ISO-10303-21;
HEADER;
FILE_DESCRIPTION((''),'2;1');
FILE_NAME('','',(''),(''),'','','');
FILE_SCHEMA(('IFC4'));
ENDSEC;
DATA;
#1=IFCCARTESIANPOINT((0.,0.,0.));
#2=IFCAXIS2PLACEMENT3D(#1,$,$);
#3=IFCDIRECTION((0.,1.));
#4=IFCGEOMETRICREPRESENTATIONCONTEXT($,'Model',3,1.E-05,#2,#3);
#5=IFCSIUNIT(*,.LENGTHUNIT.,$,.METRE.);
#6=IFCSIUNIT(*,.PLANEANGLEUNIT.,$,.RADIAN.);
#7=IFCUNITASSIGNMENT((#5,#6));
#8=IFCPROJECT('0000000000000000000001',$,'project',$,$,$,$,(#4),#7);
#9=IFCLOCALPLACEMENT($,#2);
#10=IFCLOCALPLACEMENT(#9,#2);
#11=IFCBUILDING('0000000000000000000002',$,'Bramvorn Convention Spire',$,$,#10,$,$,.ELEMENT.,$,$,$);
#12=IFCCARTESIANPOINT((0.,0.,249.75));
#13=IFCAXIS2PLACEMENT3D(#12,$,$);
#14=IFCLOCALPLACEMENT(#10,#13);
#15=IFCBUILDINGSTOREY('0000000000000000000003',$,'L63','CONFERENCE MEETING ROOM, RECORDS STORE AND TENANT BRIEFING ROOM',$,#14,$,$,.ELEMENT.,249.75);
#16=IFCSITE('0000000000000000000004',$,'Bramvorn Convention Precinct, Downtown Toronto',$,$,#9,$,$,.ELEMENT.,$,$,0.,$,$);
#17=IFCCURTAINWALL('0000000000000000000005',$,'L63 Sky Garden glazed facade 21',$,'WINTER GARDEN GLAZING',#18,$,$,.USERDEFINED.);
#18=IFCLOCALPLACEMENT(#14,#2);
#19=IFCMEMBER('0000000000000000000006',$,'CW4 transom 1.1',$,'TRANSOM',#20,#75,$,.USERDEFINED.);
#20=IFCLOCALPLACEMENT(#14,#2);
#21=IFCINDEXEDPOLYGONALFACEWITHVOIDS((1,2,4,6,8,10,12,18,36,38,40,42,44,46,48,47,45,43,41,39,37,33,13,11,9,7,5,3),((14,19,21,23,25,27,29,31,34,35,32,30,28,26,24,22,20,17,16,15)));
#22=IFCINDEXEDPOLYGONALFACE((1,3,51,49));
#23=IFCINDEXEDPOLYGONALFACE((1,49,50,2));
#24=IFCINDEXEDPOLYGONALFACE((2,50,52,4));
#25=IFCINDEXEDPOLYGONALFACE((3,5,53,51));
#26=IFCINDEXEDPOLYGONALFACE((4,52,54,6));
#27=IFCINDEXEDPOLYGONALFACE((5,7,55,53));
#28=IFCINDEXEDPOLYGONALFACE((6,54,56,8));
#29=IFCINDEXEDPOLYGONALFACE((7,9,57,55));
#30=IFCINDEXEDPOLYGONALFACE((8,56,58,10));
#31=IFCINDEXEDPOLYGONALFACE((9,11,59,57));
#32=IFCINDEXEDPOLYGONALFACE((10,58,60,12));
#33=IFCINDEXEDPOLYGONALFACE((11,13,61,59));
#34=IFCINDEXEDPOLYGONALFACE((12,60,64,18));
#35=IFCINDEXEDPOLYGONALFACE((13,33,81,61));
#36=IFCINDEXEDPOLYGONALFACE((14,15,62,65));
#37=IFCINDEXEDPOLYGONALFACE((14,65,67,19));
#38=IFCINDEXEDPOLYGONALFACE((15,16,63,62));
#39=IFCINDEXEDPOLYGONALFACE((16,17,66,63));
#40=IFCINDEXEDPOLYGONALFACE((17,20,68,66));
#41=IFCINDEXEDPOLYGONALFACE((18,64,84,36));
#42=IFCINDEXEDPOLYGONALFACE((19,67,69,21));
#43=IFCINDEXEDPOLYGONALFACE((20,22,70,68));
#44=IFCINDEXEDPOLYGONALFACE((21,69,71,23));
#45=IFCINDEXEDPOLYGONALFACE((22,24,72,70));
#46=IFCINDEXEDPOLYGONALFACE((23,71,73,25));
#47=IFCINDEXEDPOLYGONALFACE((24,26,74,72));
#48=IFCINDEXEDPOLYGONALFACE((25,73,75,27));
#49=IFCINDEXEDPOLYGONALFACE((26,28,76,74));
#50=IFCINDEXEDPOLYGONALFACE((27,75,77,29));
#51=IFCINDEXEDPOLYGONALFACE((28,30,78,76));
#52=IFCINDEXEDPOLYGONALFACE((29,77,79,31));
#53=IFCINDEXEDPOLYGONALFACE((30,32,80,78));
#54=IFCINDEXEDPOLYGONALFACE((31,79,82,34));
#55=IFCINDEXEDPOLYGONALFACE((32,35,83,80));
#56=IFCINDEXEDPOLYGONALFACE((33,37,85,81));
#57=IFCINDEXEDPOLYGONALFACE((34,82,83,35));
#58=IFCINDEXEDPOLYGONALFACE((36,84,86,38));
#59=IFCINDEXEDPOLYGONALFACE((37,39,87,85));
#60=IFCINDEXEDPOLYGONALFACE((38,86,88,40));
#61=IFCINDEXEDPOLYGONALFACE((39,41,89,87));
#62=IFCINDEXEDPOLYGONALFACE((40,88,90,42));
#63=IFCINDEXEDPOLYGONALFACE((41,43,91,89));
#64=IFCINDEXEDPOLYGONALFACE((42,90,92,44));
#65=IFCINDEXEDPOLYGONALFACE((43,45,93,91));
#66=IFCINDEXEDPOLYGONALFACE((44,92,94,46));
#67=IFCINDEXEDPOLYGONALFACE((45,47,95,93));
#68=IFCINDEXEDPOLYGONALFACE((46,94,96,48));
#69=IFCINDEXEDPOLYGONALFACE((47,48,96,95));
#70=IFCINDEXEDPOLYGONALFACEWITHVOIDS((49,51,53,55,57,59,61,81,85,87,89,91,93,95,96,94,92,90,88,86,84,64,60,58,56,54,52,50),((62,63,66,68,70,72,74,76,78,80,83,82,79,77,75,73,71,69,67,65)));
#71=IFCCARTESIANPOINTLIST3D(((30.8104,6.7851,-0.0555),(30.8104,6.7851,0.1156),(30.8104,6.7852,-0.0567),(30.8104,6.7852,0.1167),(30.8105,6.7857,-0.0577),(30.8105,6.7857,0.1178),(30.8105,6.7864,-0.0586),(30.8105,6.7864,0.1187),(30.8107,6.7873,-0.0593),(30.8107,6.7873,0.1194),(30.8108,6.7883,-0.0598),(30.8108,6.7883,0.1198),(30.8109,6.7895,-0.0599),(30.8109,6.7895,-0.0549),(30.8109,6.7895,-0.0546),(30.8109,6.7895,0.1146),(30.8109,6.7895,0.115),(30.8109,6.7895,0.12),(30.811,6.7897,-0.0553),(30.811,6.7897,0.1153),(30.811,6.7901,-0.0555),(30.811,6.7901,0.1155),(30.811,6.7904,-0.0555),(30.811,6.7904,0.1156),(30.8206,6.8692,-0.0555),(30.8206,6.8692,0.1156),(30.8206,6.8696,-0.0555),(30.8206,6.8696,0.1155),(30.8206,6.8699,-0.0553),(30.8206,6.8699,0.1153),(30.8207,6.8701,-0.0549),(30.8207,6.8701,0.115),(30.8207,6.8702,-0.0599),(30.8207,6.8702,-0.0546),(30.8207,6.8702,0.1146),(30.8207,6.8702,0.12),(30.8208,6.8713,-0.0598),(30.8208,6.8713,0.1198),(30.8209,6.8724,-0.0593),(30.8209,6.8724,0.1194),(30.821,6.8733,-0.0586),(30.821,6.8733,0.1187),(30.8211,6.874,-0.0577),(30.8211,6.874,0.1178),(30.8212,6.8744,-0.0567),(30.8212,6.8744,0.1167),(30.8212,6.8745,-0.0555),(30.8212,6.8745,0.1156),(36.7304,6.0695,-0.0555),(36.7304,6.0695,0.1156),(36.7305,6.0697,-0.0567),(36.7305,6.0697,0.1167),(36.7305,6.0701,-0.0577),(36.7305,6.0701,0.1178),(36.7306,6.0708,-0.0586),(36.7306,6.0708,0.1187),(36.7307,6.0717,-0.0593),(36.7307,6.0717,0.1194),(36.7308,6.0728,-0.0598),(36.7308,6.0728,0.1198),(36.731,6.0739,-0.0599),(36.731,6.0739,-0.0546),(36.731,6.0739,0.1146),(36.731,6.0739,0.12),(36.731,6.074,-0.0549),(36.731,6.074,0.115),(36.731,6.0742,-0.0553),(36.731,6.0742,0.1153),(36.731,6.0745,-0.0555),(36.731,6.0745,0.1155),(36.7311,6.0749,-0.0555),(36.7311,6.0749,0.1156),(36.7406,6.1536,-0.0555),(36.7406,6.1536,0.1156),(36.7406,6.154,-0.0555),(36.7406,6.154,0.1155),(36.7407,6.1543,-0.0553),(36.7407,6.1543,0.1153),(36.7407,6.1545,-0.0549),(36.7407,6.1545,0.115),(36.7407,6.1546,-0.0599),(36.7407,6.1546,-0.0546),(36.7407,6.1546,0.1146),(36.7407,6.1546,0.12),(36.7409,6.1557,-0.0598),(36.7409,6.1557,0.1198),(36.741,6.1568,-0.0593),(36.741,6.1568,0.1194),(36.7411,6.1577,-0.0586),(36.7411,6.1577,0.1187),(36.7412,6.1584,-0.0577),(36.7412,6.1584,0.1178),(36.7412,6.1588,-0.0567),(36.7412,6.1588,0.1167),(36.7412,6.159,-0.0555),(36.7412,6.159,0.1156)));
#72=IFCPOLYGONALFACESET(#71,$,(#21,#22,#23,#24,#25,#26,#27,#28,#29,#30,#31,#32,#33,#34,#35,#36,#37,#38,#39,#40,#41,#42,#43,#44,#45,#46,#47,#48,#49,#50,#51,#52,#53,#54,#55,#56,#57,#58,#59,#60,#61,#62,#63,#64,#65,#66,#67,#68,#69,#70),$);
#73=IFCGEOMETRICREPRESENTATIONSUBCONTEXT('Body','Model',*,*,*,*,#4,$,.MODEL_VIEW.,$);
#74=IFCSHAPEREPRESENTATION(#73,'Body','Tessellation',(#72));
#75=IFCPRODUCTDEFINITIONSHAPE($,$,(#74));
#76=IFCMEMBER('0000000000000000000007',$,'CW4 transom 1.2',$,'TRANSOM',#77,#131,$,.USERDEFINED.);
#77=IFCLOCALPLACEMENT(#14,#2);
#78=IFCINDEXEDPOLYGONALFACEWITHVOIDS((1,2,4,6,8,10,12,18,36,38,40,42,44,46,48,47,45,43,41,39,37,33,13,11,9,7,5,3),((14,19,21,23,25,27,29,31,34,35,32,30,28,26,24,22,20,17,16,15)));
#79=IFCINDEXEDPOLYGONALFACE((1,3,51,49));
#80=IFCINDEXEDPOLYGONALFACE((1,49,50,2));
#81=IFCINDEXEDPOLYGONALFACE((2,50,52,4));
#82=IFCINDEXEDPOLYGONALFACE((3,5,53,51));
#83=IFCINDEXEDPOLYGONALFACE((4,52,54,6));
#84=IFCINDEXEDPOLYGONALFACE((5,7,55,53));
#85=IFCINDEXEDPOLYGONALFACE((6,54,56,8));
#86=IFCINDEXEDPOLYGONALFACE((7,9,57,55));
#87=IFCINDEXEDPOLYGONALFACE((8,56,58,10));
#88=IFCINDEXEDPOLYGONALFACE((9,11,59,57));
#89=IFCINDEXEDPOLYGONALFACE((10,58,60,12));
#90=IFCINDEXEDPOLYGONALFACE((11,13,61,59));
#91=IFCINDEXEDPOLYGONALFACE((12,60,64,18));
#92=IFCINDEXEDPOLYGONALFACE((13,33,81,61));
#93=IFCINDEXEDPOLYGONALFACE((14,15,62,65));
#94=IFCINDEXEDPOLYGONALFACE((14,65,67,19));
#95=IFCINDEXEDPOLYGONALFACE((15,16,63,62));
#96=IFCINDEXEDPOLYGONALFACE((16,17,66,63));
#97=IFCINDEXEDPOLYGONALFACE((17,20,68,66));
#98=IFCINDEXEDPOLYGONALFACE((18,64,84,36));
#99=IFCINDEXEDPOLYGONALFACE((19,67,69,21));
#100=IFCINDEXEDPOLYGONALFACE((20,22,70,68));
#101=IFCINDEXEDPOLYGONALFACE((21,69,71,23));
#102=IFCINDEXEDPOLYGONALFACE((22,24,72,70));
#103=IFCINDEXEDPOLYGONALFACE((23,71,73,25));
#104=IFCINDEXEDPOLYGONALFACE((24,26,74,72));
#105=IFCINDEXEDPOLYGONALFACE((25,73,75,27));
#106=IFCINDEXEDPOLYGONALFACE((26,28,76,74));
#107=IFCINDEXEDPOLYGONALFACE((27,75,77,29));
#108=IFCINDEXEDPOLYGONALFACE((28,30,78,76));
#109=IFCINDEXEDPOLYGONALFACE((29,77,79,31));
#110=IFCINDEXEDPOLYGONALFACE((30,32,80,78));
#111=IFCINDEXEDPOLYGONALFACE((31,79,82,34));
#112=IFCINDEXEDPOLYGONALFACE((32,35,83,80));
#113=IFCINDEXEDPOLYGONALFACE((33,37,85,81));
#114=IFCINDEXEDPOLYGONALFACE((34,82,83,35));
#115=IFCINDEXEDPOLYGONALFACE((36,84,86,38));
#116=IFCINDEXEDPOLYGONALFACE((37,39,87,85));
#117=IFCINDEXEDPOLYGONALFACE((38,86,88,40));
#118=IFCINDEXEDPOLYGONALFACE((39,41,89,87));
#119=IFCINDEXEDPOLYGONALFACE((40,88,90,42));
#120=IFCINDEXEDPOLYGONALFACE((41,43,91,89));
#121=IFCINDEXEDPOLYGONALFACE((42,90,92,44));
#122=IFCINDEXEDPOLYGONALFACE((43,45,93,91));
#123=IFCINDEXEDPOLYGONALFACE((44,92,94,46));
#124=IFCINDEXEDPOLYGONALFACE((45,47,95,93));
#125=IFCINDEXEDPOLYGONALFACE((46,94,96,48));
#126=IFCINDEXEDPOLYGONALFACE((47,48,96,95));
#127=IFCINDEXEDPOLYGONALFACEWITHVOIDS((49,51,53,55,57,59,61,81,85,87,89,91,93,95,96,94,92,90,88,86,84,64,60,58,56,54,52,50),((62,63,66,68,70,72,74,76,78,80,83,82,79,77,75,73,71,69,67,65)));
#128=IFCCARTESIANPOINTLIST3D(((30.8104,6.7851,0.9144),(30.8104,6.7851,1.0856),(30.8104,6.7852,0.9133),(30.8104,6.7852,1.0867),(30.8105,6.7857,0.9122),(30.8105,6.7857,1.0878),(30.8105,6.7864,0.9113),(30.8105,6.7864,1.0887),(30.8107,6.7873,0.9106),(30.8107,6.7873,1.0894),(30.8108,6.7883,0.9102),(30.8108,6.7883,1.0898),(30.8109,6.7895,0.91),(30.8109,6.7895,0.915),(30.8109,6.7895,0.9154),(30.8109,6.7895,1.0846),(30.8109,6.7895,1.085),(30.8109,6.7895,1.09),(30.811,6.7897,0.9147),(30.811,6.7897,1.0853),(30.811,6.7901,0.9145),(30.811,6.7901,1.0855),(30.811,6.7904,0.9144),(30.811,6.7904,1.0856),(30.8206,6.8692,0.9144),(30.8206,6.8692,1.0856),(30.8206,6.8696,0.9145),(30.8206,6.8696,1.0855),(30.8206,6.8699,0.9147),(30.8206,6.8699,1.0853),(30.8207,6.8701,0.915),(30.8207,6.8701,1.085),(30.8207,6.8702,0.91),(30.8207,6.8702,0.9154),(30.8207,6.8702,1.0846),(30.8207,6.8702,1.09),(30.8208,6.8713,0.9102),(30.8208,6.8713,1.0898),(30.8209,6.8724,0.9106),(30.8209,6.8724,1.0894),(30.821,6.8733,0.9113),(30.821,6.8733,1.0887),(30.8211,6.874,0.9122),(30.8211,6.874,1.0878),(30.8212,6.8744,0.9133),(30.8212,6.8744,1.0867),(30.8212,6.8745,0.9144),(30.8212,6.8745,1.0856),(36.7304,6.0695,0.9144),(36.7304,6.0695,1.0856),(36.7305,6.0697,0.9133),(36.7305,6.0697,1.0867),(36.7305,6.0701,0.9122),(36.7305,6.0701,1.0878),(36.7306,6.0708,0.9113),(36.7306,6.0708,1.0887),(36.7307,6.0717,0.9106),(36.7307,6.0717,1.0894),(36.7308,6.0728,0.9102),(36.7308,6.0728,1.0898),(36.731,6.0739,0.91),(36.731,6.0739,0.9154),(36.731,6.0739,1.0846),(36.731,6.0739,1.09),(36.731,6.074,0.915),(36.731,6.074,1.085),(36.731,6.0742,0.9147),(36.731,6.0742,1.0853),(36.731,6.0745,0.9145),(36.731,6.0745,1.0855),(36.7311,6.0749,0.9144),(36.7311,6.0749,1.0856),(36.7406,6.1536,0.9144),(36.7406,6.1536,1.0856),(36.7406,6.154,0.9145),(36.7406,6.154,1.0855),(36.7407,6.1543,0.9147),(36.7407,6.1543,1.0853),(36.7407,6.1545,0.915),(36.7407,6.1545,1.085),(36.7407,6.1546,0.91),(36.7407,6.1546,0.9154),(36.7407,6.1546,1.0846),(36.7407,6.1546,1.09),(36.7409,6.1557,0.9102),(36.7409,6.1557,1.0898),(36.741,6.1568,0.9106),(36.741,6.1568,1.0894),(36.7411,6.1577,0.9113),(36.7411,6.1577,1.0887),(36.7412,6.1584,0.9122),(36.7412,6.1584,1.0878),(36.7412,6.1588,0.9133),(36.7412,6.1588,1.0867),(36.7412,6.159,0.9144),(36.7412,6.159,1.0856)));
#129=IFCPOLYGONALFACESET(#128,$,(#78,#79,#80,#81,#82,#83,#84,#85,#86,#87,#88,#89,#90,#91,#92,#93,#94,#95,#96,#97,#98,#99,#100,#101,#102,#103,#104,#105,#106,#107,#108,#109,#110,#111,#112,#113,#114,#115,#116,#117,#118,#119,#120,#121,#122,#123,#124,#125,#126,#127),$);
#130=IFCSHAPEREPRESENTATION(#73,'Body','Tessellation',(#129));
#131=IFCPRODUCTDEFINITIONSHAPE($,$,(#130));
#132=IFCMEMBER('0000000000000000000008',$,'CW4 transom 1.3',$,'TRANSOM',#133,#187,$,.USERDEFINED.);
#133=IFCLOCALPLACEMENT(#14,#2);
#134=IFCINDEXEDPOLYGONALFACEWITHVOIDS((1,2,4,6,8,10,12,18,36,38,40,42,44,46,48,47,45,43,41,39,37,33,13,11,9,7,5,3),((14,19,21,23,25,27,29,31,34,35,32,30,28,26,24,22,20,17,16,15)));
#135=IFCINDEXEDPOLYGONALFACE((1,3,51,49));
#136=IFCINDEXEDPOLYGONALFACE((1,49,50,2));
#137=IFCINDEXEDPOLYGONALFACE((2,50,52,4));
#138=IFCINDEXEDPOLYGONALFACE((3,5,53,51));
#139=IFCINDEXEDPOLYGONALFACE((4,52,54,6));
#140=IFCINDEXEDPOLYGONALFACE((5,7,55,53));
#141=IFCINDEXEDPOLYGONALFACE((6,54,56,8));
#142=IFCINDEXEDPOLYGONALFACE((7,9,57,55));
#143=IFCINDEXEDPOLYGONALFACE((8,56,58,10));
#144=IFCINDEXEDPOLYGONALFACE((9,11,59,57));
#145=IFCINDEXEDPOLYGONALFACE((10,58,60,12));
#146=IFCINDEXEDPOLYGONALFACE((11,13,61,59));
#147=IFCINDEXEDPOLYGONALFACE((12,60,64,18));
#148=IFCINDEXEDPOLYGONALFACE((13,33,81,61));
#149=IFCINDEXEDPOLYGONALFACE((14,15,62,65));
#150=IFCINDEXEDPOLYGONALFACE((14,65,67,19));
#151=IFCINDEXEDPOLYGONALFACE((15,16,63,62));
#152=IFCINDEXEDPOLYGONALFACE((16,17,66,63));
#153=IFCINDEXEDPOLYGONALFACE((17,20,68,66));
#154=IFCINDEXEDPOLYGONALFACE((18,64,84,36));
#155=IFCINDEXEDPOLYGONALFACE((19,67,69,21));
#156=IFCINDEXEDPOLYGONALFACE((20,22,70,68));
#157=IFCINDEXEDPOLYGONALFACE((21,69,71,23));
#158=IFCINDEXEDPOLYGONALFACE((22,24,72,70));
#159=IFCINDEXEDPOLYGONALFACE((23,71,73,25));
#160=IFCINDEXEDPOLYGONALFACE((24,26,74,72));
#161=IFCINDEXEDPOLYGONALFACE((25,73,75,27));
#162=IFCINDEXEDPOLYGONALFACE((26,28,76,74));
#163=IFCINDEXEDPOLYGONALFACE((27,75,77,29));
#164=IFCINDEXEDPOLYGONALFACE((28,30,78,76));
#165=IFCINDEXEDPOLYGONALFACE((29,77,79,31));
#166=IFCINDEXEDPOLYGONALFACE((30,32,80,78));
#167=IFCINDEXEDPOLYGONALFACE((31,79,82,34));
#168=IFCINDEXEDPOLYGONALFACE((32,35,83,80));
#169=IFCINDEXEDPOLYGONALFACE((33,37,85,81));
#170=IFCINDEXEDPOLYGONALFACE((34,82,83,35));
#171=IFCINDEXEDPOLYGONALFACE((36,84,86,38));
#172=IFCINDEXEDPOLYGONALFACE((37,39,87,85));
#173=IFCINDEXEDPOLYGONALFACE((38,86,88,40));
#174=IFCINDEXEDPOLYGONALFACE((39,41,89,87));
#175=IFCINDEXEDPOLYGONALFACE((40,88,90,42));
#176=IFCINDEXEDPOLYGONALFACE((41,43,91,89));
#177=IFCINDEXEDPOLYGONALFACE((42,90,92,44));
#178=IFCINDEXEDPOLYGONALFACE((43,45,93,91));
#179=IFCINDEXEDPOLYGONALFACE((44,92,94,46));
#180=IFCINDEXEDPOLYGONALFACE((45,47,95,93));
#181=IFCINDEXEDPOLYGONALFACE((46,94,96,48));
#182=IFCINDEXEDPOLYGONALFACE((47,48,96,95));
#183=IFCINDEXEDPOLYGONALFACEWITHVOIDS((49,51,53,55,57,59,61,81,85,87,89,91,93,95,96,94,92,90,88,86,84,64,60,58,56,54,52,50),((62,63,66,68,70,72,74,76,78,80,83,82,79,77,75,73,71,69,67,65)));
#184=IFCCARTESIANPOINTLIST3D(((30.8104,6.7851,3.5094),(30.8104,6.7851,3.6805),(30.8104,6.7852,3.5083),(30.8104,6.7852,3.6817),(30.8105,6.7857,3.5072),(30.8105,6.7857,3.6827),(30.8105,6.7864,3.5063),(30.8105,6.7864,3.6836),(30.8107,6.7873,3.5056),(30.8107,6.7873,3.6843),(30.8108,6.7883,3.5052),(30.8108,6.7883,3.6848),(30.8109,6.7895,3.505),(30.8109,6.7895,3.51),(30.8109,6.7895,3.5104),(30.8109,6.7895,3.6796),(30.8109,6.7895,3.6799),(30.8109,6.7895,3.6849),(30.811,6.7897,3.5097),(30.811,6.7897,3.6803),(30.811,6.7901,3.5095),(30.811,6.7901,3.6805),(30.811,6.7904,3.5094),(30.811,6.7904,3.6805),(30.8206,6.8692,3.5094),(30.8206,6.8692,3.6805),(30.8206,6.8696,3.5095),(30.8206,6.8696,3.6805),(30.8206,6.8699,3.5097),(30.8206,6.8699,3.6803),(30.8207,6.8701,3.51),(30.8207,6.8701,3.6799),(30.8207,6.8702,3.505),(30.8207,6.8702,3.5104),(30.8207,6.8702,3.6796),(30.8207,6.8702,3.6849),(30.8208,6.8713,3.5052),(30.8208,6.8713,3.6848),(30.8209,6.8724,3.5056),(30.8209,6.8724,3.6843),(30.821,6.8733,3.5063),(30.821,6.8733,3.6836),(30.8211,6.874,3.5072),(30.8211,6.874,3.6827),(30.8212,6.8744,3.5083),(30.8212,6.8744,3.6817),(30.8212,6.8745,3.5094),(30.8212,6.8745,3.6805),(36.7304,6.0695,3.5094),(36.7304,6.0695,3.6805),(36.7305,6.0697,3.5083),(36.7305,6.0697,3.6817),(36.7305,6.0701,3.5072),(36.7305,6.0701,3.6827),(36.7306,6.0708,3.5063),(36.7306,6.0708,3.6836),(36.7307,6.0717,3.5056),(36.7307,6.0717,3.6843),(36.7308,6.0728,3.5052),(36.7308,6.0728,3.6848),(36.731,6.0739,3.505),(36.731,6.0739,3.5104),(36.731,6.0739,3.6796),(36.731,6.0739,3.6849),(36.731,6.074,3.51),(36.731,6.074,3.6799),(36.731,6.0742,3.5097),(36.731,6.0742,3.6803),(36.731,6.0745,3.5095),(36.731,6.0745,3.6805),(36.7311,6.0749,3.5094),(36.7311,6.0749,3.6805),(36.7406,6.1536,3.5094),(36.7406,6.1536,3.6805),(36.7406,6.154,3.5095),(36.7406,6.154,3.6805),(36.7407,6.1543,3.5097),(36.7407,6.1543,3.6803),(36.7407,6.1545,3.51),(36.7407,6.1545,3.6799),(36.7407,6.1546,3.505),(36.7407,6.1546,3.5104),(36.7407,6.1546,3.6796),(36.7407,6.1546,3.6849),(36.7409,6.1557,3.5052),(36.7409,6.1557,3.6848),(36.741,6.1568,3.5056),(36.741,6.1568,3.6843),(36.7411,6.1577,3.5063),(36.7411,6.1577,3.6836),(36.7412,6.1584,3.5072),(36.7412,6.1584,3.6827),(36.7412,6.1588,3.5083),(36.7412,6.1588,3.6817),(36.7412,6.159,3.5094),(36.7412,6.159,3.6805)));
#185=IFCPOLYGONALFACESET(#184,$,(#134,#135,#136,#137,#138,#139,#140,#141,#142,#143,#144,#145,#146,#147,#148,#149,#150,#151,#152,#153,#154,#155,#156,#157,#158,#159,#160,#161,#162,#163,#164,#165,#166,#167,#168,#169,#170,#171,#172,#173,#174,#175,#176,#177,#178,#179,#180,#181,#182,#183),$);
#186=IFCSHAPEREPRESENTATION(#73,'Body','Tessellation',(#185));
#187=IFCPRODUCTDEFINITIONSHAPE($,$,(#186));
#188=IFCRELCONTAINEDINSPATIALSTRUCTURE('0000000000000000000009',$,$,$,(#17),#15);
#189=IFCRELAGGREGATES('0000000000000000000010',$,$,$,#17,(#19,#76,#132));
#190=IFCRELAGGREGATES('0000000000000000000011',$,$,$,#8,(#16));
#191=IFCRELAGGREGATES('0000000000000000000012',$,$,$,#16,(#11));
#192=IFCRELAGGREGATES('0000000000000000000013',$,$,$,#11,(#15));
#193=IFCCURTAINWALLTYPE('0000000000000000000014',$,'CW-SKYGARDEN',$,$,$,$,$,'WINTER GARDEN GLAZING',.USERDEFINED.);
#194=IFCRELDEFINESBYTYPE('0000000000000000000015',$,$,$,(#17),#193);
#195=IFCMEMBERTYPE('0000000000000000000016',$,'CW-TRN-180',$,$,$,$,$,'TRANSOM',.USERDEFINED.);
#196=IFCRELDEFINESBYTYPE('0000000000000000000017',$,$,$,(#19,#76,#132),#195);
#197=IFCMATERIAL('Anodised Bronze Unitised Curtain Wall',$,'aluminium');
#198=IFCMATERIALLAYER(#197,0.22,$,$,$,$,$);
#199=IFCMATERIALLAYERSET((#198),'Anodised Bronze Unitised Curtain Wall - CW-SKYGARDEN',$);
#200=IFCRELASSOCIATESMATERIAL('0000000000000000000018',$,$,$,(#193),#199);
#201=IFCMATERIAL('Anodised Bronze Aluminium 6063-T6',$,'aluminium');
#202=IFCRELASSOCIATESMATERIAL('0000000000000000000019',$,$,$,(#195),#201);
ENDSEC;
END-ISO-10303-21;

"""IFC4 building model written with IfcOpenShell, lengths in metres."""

from ifc_helpers import new_model, si_unit, direction, frame, origin, origin_2d, place, context, subcontext, project, spatial, hollow_rectangle, extrude, material, layer, layer_set, material_profile, profile_set, type_object, element, aggregate, save


model = new_model("IFC4")

# Units and contexts
model_context = context("Model", 3, precision=1e-05, world=origin(), true_north=direction((0.0, 1.0)))
body_context = subcontext(model_context, "Body", "Model", "MODEL_VIEW")
ifc_project = project(units=[si_unit("LENGTHUNIT", "METRE"), si_unit("PLANEANGLEUNIT", "RADIAN")], contexts=[model_context])

# Site, building, storey
site_placement = place(None, origin())
site = spatial("IfcSite", under=ifc_project, at=site_placement, Name="Bramvorn Convention Precinct, Downtown Toronto", CompositionType="ELEMENT", RefElevation=0.0)
building_placement = place(site_placement, origin())
building = spatial("IfcBuilding", under=site, at=building_placement, Name="Bramvorn Convention Spire", CompositionType="ELEMENT")
storey_placement = place(building_placement, frame((0.0, 0.0, 249.75)))
storey = spatial("IfcBuildingStorey", under=building, at=storey_placement, Name="L63", Description="CONFERENCE MEETING ROOM, RECORDS STORE AND TENANT BRIEFING ROOM", CompositionType="ELEMENT", Elevation=249.75)

# Curtain wall
ifc_material_1 = material(Name="Anodised Bronze Unitised Curtain Wall", Category="aluminium")
ifc_layer_1 = layer(ifc_material_1, 0.22)
ifc_layer_set_1 = layer_set([ifc_layer_1], Name="Anodised Bronze Unitised Curtain Wall - CW-SKYGARDEN")
curtain_wall_type = type_object("IfcCurtainWallType", Name="CW-SKYGARDEN", ElementType="WINTER GARDEN GLAZING", PredefinedType="USERDEFINED", material=ifc_layer_set_1)
curtain_wall_1_placement = place(storey_placement, origin())
curtain_wall_1 = element("IfcCurtainWall", 1, at=curtain_wall_1_placement, inside=storey, type_object=curtain_wall_type, Name="L63 Sky Garden glazed facade 21", ObjectType="WINTER GARDEN GLAZING", PredefinedType="USERDEFINED")
ifc_material_2 = material(Name="Anodised Bronze Aluminium 6063-T6", Category="aluminium")

# Members
ifc_material_profile_1 = material_profile(ifc_material_2, hollow_rectangle(XDim=0.0901, YDim=0.1799, WallThickness=0.0044, InnerFilletRadius=0.001, OuterFilletRadius=0.0044, at=origin_2d()))
ifc_profile_set_1 = profile_set([ifc_material_profile_1], Name="Anodised Bronze Aluminium 6063-T6 - CWT90X180")
member_type_1 = type_object("IfcMemberType", Name="CW-TRN-180", ElementType="TRANSOM", PredefinedType="USERDEFINED", material=ifc_profile_set_1)
member_1_placement = place(storey_placement, frame((36.7358, 6.1143, 0.03), z_axis=(-0.992774, 0.119998, 0.0), x_axis=(-0.119998, -0.992774, 0.0)))
member_1 = element("IfcMember", 2, at=member_1_placement, type_object=member_type_1, Name="CW4 transom 1.1", ObjectType="TRANSOM", PredefinedType="USERDEFINED", context=body_context, shape_type="SweptSolid", body=[
    extrude(hollow_rectangle(XDim=0.0901, YDim=0.1799, WallThickness=0.0044, InnerFilletRadius=0.001, OuterFilletRadius=0.0044, at=origin_2d()), origin(), (0.0, 0.0, 1.0), 5.9631),
])
member_2_placement = place(storey_placement, frame((36.7358, 6.1143, 1.0), z_axis=(-0.992774, 0.119998, 0.0), x_axis=(-0.119998, -0.992774, 0.0)))
member_2 = element("IfcMember", 3, at=member_2_placement, type_object=member_type_1, Name="CW4 transom 1.2", ObjectType="TRANSOM", PredefinedType="USERDEFINED", context=body_context, shape_type="SweptSolid", body=[
    extrude(hollow_rectangle(XDim=0.0901, YDim=0.1799, WallThickness=0.0044, InnerFilletRadius=0.001, OuterFilletRadius=0.0044, at=origin_2d()), origin(), (0.0, 0.0, 1.0), 5.9631),
])
member_3_placement = place(storey_placement, frame((36.7358, 6.1143, 3.595), z_axis=(-0.992774, 0.119998, 0.0), x_axis=(-0.119998, -0.992774, 0.0)))
member_3 = element("IfcMember", 4, at=member_3_placement, type_object=member_type_1, Name="CW4 transom 1.3", ObjectType="TRANSOM", PredefinedType="USERDEFINED", context=body_context, shape_type="SweptSolid", body=[
    extrude(hollow_rectangle(XDim=0.0901, YDim=0.1799, WallThickness=0.0044, InnerFilletRadius=0.001, OuterFilletRadius=0.0044, at=origin_2d()), origin(), (0.0, 0.0, 1.0), 5.9631),
])
aggregate(curtain_wall_1, [member_1, member_2, member_3])

save(model, "model.ifc")
